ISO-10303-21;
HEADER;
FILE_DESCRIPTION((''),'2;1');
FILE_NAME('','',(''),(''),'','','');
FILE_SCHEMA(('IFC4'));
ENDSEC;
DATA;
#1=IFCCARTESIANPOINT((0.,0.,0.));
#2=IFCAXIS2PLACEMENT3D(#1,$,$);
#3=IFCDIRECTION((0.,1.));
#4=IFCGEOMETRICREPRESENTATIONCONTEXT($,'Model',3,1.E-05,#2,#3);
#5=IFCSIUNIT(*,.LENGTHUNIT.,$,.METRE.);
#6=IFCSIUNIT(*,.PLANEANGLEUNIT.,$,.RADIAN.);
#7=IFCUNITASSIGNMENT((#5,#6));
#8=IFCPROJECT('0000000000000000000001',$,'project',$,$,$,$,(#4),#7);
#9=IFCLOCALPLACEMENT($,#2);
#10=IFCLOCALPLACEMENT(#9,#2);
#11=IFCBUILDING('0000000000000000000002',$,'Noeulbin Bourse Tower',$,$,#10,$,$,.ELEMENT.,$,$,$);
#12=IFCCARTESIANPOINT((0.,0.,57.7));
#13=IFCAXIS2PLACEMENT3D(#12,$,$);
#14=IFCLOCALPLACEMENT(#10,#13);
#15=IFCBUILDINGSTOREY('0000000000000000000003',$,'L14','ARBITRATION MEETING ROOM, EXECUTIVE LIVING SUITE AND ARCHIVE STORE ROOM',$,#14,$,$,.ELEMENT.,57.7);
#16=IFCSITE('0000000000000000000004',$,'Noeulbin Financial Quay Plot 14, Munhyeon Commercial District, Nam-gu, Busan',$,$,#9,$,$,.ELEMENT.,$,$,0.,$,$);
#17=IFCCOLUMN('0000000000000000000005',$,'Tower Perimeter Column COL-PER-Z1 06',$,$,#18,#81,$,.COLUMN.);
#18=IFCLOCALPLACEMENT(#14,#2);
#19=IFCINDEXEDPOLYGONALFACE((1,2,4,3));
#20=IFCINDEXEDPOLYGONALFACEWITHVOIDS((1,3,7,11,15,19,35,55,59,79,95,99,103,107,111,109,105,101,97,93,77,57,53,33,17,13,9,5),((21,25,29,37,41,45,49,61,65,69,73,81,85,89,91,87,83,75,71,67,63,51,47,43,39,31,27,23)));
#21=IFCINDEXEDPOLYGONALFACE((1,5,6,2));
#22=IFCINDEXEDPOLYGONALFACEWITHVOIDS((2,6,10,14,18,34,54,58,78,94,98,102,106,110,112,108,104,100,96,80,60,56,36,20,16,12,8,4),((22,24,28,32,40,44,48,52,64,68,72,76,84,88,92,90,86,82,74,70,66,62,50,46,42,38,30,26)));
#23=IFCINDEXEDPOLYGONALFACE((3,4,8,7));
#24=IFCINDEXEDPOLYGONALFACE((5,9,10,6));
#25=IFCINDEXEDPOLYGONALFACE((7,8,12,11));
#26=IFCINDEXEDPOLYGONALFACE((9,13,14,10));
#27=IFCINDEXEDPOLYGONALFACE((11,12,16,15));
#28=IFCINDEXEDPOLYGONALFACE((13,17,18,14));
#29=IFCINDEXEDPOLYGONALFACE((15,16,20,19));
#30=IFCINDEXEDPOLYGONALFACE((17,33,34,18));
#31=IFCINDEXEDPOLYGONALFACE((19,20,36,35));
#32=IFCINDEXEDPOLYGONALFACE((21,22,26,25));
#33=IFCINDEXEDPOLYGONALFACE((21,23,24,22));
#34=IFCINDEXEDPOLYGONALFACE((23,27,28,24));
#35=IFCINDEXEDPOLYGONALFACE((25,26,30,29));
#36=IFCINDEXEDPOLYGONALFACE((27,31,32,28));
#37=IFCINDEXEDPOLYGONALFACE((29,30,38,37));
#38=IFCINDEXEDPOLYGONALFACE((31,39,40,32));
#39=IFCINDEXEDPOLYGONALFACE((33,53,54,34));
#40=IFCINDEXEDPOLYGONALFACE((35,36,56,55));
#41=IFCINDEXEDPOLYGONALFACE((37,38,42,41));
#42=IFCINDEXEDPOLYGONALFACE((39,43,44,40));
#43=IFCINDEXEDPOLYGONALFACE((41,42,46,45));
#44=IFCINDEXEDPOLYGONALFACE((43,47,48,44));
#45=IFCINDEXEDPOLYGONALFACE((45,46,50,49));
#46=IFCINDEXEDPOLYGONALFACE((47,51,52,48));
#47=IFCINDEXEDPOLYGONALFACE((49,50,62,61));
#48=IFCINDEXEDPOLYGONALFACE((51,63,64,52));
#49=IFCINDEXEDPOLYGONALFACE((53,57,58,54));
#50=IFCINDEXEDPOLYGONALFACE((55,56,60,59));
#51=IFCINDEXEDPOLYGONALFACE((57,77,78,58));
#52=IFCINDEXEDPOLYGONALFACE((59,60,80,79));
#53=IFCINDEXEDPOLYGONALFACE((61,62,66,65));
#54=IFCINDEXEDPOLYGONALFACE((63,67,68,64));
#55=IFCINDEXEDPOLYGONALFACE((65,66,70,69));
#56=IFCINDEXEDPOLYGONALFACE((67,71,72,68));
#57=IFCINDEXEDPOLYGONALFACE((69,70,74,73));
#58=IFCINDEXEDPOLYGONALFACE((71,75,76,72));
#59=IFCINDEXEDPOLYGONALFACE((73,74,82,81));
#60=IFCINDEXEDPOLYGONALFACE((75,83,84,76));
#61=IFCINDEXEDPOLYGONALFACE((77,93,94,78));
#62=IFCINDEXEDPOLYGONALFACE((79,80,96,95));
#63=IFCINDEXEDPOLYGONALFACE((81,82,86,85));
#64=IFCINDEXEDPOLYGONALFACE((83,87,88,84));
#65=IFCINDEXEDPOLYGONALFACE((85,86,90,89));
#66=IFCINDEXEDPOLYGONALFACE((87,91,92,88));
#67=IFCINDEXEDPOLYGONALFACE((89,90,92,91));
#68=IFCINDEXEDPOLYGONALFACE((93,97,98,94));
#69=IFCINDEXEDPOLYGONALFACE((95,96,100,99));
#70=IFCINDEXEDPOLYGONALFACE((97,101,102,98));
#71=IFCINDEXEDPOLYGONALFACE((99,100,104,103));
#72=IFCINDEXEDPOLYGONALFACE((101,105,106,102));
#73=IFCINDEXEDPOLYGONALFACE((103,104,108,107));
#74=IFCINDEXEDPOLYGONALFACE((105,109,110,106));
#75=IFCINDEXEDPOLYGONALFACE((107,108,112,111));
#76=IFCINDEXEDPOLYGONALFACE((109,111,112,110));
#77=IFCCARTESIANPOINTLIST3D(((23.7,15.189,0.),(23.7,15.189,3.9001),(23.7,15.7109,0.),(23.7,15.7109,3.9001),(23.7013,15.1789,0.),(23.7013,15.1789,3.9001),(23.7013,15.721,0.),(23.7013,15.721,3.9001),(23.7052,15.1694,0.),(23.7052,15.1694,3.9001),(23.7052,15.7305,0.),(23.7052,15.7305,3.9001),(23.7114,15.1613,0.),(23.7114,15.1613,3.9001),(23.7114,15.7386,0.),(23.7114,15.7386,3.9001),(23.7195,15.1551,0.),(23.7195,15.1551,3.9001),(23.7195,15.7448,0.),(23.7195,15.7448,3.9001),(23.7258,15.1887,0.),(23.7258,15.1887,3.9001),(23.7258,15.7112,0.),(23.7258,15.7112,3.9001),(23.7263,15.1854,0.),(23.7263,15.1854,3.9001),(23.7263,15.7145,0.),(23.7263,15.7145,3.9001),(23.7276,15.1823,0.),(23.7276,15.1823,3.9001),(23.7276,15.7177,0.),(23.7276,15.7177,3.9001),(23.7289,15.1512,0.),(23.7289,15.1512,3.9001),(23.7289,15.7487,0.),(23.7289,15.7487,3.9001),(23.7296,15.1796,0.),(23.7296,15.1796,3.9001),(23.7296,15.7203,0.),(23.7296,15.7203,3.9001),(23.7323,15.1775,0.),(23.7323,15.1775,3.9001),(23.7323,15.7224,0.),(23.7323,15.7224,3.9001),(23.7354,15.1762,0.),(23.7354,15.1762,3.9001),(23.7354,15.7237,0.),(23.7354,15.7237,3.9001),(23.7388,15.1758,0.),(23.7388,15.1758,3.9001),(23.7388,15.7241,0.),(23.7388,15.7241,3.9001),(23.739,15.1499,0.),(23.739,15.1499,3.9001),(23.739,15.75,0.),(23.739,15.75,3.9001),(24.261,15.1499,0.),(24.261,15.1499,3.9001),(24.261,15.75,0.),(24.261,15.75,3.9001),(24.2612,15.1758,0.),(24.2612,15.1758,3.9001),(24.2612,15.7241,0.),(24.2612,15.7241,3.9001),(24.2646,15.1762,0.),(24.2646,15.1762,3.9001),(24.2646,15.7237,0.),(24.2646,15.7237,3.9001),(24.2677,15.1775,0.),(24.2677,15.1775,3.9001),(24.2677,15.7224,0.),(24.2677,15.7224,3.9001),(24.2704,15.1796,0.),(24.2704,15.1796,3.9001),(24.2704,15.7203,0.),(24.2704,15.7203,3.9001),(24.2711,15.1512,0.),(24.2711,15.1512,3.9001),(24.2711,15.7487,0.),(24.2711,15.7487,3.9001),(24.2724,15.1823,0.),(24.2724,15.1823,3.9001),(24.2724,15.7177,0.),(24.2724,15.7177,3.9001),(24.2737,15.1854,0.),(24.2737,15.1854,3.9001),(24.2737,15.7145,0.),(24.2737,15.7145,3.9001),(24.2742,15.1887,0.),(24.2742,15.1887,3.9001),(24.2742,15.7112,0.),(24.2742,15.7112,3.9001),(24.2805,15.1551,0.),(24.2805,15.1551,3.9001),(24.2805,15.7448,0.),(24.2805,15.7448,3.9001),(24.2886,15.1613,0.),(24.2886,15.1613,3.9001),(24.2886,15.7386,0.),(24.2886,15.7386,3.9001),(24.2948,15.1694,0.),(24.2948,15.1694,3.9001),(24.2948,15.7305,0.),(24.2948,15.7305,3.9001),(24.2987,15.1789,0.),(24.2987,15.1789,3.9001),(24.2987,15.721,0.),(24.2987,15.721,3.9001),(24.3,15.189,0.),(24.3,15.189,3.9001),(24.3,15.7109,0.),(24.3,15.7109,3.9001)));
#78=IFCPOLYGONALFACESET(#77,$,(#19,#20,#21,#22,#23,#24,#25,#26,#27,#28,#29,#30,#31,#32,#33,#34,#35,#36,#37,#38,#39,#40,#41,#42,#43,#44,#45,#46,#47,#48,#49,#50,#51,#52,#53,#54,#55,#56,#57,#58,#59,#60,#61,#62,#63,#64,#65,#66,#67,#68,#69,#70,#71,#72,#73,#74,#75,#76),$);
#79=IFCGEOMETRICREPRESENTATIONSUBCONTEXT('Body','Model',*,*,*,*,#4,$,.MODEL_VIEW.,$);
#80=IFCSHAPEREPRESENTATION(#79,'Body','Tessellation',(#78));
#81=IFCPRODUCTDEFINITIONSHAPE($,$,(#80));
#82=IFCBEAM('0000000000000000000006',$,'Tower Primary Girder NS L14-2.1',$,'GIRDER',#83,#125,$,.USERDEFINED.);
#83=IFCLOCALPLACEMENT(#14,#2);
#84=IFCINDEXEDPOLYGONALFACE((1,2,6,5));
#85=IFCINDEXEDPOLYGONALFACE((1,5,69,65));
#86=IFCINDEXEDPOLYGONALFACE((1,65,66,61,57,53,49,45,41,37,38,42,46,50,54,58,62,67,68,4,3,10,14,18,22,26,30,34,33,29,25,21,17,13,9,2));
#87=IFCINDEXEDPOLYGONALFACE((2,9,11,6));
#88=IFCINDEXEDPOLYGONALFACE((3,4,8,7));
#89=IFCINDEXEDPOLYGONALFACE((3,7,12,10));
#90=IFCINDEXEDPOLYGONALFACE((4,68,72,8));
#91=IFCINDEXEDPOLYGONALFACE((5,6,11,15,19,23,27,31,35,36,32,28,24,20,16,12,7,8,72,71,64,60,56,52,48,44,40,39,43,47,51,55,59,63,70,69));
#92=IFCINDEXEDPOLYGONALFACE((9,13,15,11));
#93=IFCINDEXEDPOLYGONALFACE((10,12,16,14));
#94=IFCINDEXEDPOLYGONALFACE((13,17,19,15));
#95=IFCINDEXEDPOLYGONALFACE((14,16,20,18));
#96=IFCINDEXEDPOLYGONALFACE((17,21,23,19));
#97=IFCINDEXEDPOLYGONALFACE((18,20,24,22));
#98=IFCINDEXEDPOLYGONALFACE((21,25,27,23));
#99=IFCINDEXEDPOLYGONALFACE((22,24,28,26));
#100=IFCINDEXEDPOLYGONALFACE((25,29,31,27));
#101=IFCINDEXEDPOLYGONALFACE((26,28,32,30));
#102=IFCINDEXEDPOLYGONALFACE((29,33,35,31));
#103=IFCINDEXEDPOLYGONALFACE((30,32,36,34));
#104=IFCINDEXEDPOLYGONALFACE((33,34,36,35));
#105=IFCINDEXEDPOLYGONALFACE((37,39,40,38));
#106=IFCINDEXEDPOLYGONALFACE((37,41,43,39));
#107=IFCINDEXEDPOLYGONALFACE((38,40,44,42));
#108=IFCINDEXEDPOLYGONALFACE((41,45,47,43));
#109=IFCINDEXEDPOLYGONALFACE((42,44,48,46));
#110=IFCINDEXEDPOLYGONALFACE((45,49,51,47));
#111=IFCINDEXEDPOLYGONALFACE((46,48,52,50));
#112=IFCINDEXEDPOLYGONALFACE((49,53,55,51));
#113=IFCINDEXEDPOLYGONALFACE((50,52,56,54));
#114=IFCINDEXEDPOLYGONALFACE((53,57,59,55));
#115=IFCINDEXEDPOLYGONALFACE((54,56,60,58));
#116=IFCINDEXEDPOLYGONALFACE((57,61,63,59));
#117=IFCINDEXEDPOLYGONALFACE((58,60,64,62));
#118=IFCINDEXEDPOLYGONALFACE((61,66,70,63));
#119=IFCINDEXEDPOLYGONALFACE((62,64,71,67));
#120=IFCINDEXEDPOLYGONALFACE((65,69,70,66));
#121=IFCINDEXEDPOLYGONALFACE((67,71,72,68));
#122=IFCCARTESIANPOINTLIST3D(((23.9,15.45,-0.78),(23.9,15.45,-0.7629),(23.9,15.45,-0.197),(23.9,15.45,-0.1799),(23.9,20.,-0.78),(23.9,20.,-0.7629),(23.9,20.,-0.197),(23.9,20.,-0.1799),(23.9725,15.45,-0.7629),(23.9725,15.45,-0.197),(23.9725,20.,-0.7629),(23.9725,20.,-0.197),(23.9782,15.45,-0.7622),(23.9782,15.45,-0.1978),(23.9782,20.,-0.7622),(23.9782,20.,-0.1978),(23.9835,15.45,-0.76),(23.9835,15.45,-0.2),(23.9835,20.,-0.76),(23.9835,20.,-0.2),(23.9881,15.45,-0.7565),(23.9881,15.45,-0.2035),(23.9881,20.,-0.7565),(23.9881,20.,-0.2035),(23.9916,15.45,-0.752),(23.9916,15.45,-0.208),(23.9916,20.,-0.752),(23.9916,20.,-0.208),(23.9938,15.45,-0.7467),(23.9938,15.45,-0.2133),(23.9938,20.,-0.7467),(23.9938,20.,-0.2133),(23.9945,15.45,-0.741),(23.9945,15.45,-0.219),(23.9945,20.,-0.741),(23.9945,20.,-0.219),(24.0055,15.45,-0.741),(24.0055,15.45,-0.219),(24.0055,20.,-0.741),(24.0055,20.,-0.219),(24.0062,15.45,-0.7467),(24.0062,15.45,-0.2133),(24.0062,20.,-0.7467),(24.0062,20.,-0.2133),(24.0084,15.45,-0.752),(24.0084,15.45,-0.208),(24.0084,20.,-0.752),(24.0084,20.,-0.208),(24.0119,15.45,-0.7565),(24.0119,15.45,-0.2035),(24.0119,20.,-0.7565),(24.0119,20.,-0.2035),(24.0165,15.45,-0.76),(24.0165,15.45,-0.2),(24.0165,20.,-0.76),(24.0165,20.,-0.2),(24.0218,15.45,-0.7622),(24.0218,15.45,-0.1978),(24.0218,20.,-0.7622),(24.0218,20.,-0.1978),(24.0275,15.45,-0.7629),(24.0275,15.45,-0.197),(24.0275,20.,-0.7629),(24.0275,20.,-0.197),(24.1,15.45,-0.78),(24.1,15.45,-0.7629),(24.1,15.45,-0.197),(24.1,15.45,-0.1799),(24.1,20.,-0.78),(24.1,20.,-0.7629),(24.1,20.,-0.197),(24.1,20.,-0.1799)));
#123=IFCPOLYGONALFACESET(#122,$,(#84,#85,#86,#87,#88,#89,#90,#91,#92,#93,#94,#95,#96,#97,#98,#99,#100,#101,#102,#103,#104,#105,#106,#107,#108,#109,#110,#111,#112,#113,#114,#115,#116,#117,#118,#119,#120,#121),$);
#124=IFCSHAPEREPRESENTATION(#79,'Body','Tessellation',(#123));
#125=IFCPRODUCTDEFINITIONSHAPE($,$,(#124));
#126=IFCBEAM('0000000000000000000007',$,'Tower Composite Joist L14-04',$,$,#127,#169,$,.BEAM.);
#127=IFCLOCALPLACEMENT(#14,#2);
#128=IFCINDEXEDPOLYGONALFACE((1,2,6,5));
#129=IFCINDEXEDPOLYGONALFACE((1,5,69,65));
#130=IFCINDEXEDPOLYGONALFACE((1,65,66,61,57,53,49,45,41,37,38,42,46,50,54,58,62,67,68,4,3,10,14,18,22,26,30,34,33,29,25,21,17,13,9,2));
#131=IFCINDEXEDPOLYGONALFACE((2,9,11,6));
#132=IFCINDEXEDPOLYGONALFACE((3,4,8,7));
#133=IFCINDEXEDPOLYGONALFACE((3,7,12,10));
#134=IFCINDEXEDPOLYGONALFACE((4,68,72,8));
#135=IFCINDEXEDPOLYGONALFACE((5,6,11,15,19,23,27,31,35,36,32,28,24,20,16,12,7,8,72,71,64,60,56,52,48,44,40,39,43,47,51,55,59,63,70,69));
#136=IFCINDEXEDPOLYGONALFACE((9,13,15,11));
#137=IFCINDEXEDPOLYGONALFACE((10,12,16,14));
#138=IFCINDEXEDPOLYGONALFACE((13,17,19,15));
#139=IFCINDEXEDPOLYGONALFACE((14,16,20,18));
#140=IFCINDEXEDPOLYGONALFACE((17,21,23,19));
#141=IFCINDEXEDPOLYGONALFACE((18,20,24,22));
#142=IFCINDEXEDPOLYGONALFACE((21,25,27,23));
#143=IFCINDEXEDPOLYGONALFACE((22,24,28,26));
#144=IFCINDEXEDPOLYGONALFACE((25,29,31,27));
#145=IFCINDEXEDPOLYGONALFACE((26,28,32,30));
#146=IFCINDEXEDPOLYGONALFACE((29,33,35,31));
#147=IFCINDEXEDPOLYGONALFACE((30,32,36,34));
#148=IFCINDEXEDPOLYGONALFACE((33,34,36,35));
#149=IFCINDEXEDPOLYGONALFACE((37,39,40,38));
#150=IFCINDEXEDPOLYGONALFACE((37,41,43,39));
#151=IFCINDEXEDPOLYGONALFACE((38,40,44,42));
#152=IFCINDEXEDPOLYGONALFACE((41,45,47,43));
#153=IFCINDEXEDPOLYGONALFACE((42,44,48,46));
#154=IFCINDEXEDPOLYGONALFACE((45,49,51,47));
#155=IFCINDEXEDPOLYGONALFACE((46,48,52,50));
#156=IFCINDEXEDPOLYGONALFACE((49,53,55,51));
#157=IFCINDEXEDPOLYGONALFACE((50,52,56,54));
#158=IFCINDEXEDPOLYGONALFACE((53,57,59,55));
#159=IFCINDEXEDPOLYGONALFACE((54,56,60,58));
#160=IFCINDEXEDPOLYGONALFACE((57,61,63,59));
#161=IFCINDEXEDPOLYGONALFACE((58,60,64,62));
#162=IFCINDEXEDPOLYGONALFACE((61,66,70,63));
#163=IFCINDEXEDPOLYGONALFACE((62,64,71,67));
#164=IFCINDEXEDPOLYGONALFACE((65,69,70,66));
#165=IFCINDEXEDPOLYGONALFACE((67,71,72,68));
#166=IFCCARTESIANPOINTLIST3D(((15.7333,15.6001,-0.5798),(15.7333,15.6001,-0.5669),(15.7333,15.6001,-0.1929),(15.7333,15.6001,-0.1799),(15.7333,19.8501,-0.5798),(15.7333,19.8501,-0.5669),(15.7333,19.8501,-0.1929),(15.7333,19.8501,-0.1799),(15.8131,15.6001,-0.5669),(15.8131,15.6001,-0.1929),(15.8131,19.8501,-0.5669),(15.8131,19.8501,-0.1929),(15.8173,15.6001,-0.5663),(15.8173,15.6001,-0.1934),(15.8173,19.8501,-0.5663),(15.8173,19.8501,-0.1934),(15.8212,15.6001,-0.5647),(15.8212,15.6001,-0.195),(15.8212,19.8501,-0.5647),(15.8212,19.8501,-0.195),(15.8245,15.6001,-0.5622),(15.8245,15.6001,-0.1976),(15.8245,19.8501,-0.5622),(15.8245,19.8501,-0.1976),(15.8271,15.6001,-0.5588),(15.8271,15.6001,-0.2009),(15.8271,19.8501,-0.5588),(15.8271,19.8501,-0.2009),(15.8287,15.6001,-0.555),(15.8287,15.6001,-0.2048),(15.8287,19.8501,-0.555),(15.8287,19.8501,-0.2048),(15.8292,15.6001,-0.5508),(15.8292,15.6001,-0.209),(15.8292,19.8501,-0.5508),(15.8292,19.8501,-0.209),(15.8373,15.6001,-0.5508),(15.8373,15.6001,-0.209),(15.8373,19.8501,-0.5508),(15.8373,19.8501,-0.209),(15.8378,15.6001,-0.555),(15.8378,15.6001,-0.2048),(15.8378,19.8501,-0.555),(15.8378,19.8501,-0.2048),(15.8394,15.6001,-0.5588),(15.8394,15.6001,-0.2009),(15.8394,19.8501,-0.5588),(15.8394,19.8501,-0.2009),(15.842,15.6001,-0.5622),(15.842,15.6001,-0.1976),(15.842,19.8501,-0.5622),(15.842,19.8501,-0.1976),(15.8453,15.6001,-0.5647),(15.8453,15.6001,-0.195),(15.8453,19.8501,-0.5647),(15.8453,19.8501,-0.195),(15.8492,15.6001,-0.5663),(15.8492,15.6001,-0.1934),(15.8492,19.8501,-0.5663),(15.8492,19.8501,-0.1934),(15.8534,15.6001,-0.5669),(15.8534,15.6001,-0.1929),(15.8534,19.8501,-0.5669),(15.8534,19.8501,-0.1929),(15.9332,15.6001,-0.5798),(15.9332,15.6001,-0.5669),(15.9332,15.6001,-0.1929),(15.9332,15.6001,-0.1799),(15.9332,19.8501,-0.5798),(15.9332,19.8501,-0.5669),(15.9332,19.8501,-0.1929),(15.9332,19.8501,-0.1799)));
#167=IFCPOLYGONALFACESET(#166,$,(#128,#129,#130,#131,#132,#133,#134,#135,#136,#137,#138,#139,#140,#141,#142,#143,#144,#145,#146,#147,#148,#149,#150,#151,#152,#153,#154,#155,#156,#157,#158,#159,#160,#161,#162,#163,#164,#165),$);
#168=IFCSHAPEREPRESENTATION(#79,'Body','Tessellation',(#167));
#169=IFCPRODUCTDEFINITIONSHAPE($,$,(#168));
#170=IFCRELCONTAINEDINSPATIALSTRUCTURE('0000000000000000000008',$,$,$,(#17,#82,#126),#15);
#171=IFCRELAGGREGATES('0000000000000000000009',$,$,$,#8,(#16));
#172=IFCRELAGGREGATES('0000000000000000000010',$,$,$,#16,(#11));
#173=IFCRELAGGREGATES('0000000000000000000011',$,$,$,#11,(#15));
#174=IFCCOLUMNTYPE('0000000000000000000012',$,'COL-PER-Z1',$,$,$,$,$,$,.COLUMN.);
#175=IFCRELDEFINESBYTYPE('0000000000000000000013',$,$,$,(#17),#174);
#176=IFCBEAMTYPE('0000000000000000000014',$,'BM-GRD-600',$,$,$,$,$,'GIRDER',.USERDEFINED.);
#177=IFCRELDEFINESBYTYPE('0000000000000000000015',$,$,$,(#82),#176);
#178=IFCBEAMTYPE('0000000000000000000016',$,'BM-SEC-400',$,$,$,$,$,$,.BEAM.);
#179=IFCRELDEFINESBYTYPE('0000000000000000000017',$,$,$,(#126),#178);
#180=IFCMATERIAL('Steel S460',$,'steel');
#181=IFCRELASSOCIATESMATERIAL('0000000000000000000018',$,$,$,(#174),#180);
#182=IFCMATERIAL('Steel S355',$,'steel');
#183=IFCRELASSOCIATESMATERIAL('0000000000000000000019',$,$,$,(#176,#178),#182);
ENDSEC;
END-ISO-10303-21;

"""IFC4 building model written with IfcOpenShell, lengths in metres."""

from ifc_helpers import new_model, si_unit, direction, frame, origin, origin_2d, place, context, subcontext, project, spatial, hollow_rectangle, i_section, extrude, material, material_profile, profile_set, type_object, element, save


model = new_model("IFC4")

# Units and contexts
model_context = context("Model", 3, precision=1e-05, world=origin(), true_north=direction((0.0, 1.0)))
body_context = subcontext(model_context, "Body", "Model", "MODEL_VIEW")
ifc_project = project(units=[si_unit("LENGTHUNIT", "METRE"), si_unit("PLANEANGLEUNIT", "RADIAN")], contexts=[model_context])

# Site, building, storey
site_placement = place(None, origin())
site = spatial("IfcSite", under=ifc_project, at=site_placement, Name="Noeulbin Financial Quay Plot 14, Munhyeon Commercial District, Nam-gu, Busan", CompositionType="ELEMENT", RefElevation=0.0)
building_placement = place(site_placement, origin())
building = spatial("IfcBuilding", under=site, at=building_placement, Name="Noeulbin Bourse Tower", CompositionType="ELEMENT")
storey_placement = place(building_placement, frame((0.0, 0.0, 57.7)))
storey = spatial("IfcBuildingStorey", under=building, at=storey_placement, Name="L14", Description="ARBITRATION MEETING ROOM, EXECUTIVE LIVING SUITE AND ARCHIVE STORE ROOM", CompositionType="ELEMENT", Elevation=57.7)

# Column
ifc_material_1 = material(Name="Steel S460", Category="steel")
ifc_material_profile_1 = material_profile(ifc_material_1, hollow_rectangle(XDim=0.6001, YDim=0.6001, WallThickness=0.0259, InnerFilletRadius=0.0129, OuterFilletRadius=0.0391, at=origin_2d()), Name="BOX-600x600x26", Category="LoadBearing")
ifc_profile_set_1 = profile_set([ifc_material_profile_1], Name="Steel S460")
column_type = type_object("IfcColumnType", Name="COL-PER-Z1", PredefinedType="COLUMN", material=ifc_profile_set_1)
column_placement = place(storey_placement, frame((24.0, 15.45, 0.0), z_axis=(0.0, 0.0, 1.0), x_axis=(1.0, 0.0, 0.0)))
element("IfcColumn", 1, at=column_placement, inside=storey, type_object=column_type, Name="Tower Perimeter Column COL-PER-Z1 06", PredefinedType="COLUMN", context=body_context, shape_type="SweptSolid", body=[
    extrude(hollow_rectangle(XDim=0.6001, YDim=0.6001, WallThickness=0.0259, InnerFilletRadius=0.0129, OuterFilletRadius=0.0391, at=origin_2d()), origin(), (0.0, 0.0, 1.0), 3.9001),
])

# Beams
ifc_material_2 = material(Name="Steel S355", Category="steel")
ifc_material_profile_2 = material_profile(ifc_material_2, i_section(OverallWidth=0.2, OverallDepth=0.6001, WebThickness=0.011, FlangeThickness=0.0171, FilletRadius=0.022, at=origin_2d()), Name="H-600x200x11x17", Category="LoadBearing")
ifc_profile_set_2 = profile_set([ifc_material_profile_2], Name="Steel S355")
beam_type_1 = type_object("IfcBeamType", Name="BM-GRD-600", ElementType="GIRDER", PredefinedType="USERDEFINED", material=ifc_profile_set_2)
beam_1_placement = place(storey_placement, frame((24.0, 15.45, -0.48), z_axis=(0.0, 1.0, 0.0), x_axis=(-1.0, 0.0, 0.0)))
element("IfcBeam", 2, at=beam_1_placement, inside=storey, type_object=beam_type_1, Name="Tower Primary Girder NS L14-2.1", ObjectType="GIRDER", PredefinedType="USERDEFINED", context=body_context, shape_type="SweptSolid", body=[
    extrude(i_section(OverallWidth=0.2, OverallDepth=0.6001, WebThickness=0.011, FlangeThickness=0.0171, FilletRadius=0.022, at=origin_2d()), origin(), (0.0, 0.0, 1.0), 4.55),
])
ifc_material_profile_3 = material_profile(ifc_material_2, i_section(OverallWidth=0.2, OverallDepth=0.3999, WebThickness=0.0081, FlangeThickness=0.0129, FilletRadius=0.0161, at=origin_2d()), Name="H-400x200x8x13", Category="LoadBearing")
ifc_profile_set_3 = profile_set([ifc_material_profile_3], Name="Steel S355")
beam_type_2 = type_object("IfcBeamType", Name="BM-SEC-400", PredefinedType="BEAM", material=ifc_profile_set_3)
beam_2_placement = place(storey_placement, frame((15.8333, 15.6001, -0.3799), z_axis=(0.0, 1.0, 0.0), x_axis=(-1.0, 0.0, 0.0)))
element("IfcBeam", 3, at=beam_2_placement, inside=storey, type_object=beam_type_2, Name="Tower Composite Joist L14-04", PredefinedType="BEAM", context=body_context, shape_type="SweptSolid", body=[
    extrude(i_section(OverallWidth=0.2, OverallDepth=0.3999, WebThickness=0.0081, FlangeThickness=0.0129, FilletRadius=0.0161, at=origin_2d()), origin(), (0.0, 0.0, 1.0), 4.25),
])

save(model, "model.ifc")
